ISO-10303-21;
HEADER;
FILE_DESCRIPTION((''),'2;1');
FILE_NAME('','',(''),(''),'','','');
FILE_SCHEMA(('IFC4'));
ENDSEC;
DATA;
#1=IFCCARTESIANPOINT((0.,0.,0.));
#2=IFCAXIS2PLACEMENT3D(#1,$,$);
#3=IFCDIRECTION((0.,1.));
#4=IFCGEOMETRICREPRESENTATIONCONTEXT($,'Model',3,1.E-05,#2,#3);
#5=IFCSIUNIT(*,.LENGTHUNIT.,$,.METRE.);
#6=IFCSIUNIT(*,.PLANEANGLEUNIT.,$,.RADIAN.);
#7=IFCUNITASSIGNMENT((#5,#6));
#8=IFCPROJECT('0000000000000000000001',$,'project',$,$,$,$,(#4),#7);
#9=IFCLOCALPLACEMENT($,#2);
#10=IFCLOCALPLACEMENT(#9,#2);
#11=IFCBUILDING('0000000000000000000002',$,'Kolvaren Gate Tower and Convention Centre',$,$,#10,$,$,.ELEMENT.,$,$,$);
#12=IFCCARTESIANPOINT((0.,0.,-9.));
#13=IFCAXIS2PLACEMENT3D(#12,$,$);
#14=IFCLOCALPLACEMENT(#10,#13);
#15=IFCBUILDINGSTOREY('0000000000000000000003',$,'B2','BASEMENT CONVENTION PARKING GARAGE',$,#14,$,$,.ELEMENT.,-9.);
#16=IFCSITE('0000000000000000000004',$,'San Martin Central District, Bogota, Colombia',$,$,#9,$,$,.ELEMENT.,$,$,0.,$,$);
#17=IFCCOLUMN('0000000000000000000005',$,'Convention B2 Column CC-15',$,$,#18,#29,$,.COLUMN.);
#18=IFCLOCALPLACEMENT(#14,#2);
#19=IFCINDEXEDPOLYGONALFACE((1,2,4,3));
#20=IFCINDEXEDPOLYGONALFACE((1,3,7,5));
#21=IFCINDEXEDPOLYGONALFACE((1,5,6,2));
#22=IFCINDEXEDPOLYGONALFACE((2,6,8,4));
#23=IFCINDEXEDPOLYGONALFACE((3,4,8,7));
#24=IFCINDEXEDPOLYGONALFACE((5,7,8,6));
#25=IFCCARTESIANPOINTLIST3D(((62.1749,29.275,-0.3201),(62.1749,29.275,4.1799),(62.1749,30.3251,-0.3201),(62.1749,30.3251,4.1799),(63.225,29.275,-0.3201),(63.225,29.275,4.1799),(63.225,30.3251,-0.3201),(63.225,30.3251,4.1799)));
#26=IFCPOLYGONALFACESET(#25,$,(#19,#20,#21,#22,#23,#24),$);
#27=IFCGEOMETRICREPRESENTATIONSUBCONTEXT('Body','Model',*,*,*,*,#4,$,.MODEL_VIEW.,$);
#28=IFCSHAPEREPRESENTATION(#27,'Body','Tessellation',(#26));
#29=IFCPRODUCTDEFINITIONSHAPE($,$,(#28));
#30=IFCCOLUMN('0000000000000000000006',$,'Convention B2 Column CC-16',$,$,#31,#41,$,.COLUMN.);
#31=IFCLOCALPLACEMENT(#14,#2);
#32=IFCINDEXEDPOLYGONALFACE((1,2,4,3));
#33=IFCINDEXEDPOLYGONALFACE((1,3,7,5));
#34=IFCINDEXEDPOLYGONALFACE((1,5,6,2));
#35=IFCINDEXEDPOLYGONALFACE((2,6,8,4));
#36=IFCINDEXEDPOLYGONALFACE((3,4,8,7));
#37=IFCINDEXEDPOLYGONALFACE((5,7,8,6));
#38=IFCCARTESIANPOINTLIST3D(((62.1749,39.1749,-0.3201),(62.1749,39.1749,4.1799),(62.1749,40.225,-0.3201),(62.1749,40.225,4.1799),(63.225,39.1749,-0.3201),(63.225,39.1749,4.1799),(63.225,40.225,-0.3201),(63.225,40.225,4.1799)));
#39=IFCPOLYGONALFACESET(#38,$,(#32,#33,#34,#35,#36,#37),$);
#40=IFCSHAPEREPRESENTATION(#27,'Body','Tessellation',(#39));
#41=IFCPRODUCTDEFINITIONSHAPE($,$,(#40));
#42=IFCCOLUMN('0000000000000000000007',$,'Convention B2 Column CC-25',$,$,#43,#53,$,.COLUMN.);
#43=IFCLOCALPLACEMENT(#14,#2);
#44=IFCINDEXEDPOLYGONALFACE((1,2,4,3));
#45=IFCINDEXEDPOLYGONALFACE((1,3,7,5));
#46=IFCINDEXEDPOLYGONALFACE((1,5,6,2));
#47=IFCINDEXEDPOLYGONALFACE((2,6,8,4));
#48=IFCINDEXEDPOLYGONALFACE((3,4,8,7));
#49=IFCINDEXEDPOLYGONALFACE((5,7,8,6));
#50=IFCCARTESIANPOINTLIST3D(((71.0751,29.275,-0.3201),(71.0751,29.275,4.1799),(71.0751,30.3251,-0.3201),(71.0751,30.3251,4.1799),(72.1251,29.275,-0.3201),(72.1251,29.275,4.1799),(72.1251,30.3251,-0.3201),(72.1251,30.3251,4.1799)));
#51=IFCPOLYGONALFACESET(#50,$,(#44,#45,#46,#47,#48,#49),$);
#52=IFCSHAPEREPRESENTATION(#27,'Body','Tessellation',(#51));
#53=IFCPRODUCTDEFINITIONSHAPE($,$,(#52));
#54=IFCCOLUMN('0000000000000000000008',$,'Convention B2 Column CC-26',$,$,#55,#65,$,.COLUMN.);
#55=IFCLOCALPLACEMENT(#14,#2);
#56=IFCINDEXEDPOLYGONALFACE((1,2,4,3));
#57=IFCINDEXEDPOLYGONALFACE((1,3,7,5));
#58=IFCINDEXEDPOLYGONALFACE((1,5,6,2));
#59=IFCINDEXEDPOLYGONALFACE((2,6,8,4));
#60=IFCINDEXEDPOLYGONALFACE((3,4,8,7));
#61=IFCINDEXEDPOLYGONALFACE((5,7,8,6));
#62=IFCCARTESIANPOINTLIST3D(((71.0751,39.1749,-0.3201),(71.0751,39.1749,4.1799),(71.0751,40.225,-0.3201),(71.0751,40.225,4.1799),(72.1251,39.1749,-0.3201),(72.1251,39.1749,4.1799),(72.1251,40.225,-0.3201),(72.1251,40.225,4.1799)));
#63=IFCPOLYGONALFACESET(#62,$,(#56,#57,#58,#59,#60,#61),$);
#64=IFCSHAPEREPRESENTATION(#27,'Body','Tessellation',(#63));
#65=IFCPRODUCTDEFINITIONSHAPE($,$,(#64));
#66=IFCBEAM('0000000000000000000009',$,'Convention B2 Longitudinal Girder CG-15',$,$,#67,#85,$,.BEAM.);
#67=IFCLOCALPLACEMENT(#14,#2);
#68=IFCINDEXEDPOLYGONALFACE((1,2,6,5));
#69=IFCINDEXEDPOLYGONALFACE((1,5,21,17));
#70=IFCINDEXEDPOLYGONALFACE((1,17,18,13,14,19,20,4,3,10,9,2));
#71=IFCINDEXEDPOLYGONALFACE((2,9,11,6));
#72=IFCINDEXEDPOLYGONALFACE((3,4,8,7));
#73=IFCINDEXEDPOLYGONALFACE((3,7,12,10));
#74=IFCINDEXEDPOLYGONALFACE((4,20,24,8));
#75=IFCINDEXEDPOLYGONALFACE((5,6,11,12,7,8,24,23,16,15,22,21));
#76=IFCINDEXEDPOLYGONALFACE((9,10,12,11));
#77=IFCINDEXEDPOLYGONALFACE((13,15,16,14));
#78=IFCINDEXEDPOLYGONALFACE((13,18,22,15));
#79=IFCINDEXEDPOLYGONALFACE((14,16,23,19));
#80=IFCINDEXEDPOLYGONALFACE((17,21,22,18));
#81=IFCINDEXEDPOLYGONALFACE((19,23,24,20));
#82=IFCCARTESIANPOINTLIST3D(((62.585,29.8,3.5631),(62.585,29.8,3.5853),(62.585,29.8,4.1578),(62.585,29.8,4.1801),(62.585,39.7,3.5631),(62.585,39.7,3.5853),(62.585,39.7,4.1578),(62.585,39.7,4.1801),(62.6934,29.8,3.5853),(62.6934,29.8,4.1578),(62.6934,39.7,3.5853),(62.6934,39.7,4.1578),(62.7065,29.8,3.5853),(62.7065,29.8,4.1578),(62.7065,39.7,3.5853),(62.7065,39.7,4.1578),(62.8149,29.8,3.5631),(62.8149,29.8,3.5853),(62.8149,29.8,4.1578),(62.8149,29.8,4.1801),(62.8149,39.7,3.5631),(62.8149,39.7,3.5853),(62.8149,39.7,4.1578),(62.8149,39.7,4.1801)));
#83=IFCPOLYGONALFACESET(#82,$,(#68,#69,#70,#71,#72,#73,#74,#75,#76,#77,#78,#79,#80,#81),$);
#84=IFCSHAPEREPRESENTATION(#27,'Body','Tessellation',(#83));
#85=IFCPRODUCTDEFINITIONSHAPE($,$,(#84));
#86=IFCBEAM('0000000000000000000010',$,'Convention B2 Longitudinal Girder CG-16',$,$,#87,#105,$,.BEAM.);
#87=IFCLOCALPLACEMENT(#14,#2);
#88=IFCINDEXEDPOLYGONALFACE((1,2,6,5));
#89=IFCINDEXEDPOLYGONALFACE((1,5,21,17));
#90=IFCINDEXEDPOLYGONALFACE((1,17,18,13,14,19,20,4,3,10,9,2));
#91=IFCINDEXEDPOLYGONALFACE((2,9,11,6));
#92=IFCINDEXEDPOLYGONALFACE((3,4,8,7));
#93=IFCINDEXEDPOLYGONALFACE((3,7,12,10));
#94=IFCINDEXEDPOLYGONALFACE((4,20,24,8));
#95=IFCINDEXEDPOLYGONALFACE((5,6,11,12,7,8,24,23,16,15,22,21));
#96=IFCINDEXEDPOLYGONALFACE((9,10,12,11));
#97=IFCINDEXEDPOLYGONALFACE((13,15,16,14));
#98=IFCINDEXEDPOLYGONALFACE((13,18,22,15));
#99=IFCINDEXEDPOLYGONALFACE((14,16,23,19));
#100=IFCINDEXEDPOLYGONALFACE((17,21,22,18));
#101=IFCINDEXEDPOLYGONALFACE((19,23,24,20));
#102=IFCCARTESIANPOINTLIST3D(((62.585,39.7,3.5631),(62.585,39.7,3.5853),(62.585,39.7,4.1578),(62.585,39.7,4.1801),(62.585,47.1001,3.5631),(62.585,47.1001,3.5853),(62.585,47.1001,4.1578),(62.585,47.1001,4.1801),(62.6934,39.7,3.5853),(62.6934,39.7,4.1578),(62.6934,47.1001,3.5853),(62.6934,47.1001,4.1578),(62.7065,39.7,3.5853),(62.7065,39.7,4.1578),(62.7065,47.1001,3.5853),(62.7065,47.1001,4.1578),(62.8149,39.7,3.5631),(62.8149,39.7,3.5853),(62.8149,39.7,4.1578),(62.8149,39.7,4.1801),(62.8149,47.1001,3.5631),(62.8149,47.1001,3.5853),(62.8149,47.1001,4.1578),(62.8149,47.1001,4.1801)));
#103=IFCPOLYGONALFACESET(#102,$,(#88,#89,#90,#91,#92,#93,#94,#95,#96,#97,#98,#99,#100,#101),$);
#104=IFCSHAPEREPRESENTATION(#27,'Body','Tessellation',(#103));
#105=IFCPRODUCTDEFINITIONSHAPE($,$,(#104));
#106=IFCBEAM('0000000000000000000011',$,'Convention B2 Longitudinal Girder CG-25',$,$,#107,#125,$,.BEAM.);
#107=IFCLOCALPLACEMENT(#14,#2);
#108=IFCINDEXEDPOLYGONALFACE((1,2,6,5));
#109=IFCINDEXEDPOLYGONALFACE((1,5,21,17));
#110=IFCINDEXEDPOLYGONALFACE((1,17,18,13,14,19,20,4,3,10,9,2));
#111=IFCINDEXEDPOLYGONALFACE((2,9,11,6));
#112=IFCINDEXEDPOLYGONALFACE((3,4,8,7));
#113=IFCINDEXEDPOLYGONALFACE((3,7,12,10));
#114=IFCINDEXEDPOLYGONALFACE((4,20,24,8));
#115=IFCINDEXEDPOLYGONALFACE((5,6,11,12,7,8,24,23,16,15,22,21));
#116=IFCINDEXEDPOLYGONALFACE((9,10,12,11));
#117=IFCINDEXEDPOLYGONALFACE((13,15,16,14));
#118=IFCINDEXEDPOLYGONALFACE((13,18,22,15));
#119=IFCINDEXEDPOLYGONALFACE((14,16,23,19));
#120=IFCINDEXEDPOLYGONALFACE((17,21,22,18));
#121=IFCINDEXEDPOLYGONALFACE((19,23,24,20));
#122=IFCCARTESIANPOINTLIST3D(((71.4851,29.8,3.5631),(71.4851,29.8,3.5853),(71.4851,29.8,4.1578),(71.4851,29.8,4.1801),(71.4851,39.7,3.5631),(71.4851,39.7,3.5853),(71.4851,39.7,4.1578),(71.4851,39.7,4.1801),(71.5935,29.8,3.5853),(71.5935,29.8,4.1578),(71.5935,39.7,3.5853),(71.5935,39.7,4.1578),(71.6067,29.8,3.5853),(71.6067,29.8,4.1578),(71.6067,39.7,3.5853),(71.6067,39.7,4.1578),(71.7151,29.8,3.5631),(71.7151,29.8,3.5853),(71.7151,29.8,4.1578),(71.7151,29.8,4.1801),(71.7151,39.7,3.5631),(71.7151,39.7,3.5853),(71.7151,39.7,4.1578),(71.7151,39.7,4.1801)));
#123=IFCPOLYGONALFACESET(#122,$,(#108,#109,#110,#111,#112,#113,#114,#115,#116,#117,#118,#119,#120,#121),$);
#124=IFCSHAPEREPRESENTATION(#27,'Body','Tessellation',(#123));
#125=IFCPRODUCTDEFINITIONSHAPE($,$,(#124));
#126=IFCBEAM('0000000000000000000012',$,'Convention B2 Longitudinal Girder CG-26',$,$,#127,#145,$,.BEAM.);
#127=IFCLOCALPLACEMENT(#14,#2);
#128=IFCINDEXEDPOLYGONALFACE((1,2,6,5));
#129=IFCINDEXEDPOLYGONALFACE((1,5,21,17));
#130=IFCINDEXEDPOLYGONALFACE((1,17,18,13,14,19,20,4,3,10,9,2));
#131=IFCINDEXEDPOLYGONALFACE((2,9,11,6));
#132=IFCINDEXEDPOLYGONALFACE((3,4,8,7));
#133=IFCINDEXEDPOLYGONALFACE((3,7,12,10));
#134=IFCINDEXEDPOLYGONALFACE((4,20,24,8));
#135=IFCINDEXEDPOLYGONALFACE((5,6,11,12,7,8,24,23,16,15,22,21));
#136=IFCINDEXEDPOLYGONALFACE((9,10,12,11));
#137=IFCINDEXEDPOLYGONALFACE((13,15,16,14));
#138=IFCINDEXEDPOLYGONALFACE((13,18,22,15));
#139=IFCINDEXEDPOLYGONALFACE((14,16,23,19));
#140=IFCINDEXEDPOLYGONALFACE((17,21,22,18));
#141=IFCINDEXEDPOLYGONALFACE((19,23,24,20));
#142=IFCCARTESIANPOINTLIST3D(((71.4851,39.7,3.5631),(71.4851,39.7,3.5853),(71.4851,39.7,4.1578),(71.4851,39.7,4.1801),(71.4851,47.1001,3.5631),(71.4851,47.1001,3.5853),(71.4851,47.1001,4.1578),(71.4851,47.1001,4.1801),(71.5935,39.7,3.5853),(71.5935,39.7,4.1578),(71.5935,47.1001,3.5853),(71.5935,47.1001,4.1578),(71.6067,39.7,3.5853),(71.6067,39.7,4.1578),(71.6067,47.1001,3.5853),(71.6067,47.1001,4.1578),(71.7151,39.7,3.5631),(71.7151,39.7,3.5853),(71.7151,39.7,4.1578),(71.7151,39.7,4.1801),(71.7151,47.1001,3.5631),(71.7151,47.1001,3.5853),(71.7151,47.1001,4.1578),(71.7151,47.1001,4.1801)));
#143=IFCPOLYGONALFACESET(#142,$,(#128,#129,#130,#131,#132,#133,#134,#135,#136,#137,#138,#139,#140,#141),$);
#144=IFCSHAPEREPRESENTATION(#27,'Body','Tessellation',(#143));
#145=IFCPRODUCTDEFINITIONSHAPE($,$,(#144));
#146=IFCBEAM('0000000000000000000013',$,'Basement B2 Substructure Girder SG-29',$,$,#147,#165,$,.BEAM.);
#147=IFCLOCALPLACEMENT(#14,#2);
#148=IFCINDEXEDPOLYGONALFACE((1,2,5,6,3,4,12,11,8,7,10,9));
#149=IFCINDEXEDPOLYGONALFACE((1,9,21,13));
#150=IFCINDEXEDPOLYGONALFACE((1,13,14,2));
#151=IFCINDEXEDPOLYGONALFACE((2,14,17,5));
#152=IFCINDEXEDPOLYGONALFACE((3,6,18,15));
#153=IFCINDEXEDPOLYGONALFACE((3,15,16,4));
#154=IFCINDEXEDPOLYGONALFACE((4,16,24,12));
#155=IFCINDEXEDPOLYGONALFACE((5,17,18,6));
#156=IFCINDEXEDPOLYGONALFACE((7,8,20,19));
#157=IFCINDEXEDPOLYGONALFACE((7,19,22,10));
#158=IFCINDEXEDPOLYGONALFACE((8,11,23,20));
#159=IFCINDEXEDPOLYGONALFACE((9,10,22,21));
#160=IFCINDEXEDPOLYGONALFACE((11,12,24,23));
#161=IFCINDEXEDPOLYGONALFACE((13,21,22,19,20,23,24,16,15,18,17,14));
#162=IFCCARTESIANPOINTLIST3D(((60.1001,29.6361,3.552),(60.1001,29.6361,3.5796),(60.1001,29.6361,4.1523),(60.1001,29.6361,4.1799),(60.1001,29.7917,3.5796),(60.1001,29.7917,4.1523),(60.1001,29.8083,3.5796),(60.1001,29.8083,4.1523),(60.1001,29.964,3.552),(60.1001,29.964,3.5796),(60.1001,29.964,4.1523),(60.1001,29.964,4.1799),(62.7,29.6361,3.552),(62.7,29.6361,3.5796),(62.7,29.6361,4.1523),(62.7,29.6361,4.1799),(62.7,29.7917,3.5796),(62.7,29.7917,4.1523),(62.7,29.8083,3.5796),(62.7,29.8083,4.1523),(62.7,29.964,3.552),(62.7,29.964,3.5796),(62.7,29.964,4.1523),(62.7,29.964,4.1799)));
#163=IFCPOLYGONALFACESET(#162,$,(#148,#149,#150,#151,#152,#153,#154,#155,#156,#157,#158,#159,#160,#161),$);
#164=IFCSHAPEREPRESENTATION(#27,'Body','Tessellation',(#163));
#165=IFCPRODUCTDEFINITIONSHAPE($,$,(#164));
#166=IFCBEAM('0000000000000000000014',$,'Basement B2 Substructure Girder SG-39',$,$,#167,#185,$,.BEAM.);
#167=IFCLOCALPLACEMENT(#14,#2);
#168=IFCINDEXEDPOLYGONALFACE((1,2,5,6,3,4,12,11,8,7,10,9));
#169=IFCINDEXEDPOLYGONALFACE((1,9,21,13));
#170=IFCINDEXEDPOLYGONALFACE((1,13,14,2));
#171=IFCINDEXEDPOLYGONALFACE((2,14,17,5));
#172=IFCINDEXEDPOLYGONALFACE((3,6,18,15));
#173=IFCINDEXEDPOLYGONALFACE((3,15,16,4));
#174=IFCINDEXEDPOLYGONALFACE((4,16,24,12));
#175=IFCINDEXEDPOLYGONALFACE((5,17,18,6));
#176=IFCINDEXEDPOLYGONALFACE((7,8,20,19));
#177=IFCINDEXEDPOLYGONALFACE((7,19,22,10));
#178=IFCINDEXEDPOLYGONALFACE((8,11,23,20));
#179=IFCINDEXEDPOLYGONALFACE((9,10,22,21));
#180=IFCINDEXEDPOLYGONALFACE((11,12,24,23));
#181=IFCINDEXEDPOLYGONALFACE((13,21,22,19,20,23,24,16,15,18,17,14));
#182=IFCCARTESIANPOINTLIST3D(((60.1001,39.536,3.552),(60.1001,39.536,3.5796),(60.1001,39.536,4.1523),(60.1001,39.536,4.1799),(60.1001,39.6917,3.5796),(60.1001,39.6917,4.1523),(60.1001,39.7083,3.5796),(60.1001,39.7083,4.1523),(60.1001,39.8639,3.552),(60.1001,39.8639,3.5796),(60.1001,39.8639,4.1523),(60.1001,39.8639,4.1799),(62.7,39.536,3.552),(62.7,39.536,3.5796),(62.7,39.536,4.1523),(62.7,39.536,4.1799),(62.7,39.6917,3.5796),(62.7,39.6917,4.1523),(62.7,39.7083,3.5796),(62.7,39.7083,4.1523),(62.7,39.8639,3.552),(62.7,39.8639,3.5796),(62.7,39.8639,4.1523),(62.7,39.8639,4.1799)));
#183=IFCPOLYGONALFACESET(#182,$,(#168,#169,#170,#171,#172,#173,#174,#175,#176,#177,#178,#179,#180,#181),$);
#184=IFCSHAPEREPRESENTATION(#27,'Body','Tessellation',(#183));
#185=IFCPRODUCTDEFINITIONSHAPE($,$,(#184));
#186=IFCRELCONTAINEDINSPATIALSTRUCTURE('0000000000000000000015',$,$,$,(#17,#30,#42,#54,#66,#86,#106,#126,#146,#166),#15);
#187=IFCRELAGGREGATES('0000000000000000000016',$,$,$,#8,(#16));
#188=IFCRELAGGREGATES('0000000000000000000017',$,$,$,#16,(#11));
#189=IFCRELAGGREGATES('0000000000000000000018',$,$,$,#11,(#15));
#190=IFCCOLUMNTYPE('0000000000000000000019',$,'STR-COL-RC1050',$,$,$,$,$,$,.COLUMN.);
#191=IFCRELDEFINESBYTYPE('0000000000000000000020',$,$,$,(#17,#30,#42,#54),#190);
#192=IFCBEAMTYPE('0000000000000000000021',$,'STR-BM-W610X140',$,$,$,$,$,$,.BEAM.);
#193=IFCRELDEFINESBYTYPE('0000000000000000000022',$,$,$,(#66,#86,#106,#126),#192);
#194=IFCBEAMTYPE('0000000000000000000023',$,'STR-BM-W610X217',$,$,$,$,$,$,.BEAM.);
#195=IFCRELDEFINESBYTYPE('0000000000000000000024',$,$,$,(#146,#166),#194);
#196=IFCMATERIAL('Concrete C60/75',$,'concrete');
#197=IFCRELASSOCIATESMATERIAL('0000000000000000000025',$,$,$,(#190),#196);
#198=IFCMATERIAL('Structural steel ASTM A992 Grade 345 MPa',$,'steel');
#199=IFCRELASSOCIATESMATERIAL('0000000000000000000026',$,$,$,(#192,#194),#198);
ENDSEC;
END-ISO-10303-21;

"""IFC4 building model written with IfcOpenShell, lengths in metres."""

from ifc_helpers import new_model, si_unit, direction, frame, origin, origin_2d, place, context, subcontext, project, spatial, rectangle, i_section, extrude, material, material_profile, profile_set, type_object, element, save


model = new_model("IFC4")

# Units and contexts
model_context = context("Model", 3, precision=1e-05, world=origin(), true_north=direction((0.0, 1.0)))
body_context = subcontext(model_context, "Body", "Model", "MODEL_VIEW")
ifc_project = project(units=[si_unit("LENGTHUNIT", "METRE"), si_unit("PLANEANGLEUNIT", "RADIAN")], contexts=[model_context])

# Site, building, storey
site_placement = place(None, origin())
site = spatial("IfcSite", under=ifc_project, at=site_placement, Name="San Martin Central District, Bogota, Colombia", CompositionType="ELEMENT", RefElevation=0.0)
building_placement = place(site_placement, origin())
building = spatial("IfcBuilding", under=site, at=building_placement, Name="Kolvaren Gate Tower and Convention Centre", CompositionType="ELEMENT")
storey_placement = place(building_placement, frame((0.0, 0.0, -9.0)))
storey = spatial("IfcBuildingStorey", under=building, at=storey_placement, Name="B2", Description="BASEMENT CONVENTION PARKING GARAGE", CompositionType="ELEMENT", Elevation=-9.0)

# Columns
ifc_material_1 = material(Name="Concrete C60/75", Category="concrete")
ifc_material_profile_1 = material_profile(ifc_material_1, rectangle(XDim=1.05, YDim=1.05, at=origin_2d()), Name="RC-COL-1050X1050")
ifc_profile_set_1 = profile_set([ifc_material_profile_1], Name="Concrete C60/75")
column_type = type_object("IfcColumnType", Name="STR-COL-RC1050", PredefinedType="COLUMN", material=ifc_profile_set_1)
for number, where, z_axis, x_axis, name in (
    (1, (62.7, 29.8, -0.3201), (0.0, 0.0, 1.0), (1.0, 0.0, 0.0), "Convention B2 Column CC-15"),
    (2, (62.7, 39.7, -0.3201), (0.0, 0.0, 1.0), (1.0, 0.0, 0.0), "Convention B2 Column CC-16"),
    (3, (71.6001, 29.8, -0.3201), (0.0, 0.0, 1.0), (1.0, 0.0, 0.0), "Convention B2 Column CC-25"),
    (4, (71.6001, 39.7, -0.3201), (0.0, 0.0, 1.0), (1.0, 0.0, 0.0), "Convention B2 Column CC-26"),
):
    element("IfcColumn", number, at=place(storey_placement, frame(where, z_axis=z_axis, x_axis=x_axis)), inside=storey, type_object=column_type, Name=name, PredefinedType="COLUMN", context=body_context, shape_type="SweptSolid", body=[
        extrude(rectangle(XDim=1.05, YDim=1.05, at=origin_2d()), origin(), (0.0, 0.0, 1.0), 4.5),
    ])

# Beams
ifc_material_2 = material(Name="Structural steel ASTM A992 Grade 345 MPa", Category="steel")
ifc_material_profile_2 = material_profile(ifc_material_2, i_section(OverallWidth=0.23, OverallDepth=0.6169, WebThickness=0.0132, FlangeThickness=0.0222, at=origin_2d()), Name="W610X140")
ifc_profile_set_2 = profile_set([ifc_material_profile_2], Name="Structural steel ASTM A992 Grade 345 MPa")
beam_type_1 = type_object("IfcBeamType", Name="STR-BM-W610X140", PredefinedType="BEAM", material=ifc_profile_set_2)
beam_1_placement = place(storey_placement, frame((62.7, 29.8, 3.8716), z_axis=(0.0, 1.0, 0.0), x_axis=(-1.0, 0.0, 0.0)))
element("IfcBeam", 5, at=beam_1_placement, inside=storey, type_object=beam_type_1, Name="Convention B2 Longitudinal Girder CG-15", PredefinedType="BEAM", context=body_context, shape_type="SweptSolid", body=[
    extrude(i_section(OverallWidth=0.23, OverallDepth=0.6169, WebThickness=0.0132, FlangeThickness=0.0222, at=origin_2d()), origin(), (0.0, 0.0, 1.0), 9.8999),
])
beam_2_placement = place(storey_placement, frame((62.7, 39.7, 3.8716), z_axis=(0.0, 1.0, 0.0), x_axis=(-1.0, 0.0, 0.0)))
element("IfcBeam", 6, at=beam_2_placement, inside=storey, type_object=beam_type_1, Name="Convention B2 Longitudinal Girder CG-16", PredefinedType="BEAM", context=body_context, shape_type="SweptSolid", body=[
    extrude(i_section(OverallWidth=0.23, OverallDepth=0.6169, WebThickness=0.0132, FlangeThickness=0.0222, at=origin_2d()), origin(), (0.0, 0.0, 1.0), 7.4001),
])
beam_3_placement = place(storey_placement, frame((71.6001, 29.8, 3.8716), z_axis=(0.0, 1.0, 0.0), x_axis=(-1.0, 0.0, 0.0)))
element("IfcBeam", 7, at=beam_3_placement, inside=storey, type_object=beam_type_1, Name="Convention B2 Longitudinal Girder CG-25", PredefinedType="BEAM", context=body_context, shape_type="SweptSolid", body=[
    extrude(i_section(OverallWidth=0.23, OverallDepth=0.6169, WebThickness=0.0132, FlangeThickness=0.0222, at=origin_2d()), origin(), (0.0, 0.0, 1.0), 9.8999),
])
beam_4_placement = place(storey_placement, frame((71.6001, 39.7, 3.8716), z_axis=(0.0, 1.0, 0.0), x_axis=(-1.0, 0.0, 0.0)))
element("IfcBeam", 8, at=beam_4_placement, inside=storey, type_object=beam_type_1, Name="Convention B2 Longitudinal Girder CG-26", PredefinedType="BEAM", context=body_context, shape_type="SweptSolid", body=[
    extrude(i_section(OverallWidth=0.23, OverallDepth=0.6169, WebThickness=0.0132, FlangeThickness=0.0222, at=origin_2d()), origin(), (0.0, 0.0, 1.0), 7.4001),
])
ifc_material_profile_3 = material_profile(ifc_material_2, i_section(OverallWidth=0.3279, OverallDepth=0.6279, WebThickness=0.0166, FlangeThickness=0.0276, at=origin_2d()), Name="W610X217")
ifc_profile_set_3 = profile_set([ifc_material_profile_3], Name="Structural steel ASTM A992 Grade 345 MPa")
beam_type_2 = type_object("IfcBeamType", Name="STR-BM-W610X217", PredefinedType="BEAM", material=ifc_profile_set_3)
for number, where, z_axis, x_axis, name in (
    (9, (60.1001, 29.8, 3.866), (1.0, 0.0, 0.0), (0.0, 1.0, 0.0), "Basement B2 Substructure Girder SG-29"),
    (10, (60.1001, 39.7, 3.866), (1.0, 0.0, 0.0), (0.0, 1.0, 0.0), "Basement B2 Substructure Girder SG-39"),
):
    element("IfcBeam", number, at=place(storey_placement, frame(where, z_axis=z_axis, x_axis=x_axis)), inside=storey, type_object=beam_type_2, Name=name, PredefinedType="BEAM", context=body_context, shape_type="SweptSolid", body=[
        extrude(i_section(OverallWidth=0.3279, OverallDepth=0.6279, WebThickness=0.0166, FlangeThickness=0.0276, at=origin_2d()), origin(), (0.0, 0.0, 1.0), 2.5999),
    ])

save(model, "model.ifc")
